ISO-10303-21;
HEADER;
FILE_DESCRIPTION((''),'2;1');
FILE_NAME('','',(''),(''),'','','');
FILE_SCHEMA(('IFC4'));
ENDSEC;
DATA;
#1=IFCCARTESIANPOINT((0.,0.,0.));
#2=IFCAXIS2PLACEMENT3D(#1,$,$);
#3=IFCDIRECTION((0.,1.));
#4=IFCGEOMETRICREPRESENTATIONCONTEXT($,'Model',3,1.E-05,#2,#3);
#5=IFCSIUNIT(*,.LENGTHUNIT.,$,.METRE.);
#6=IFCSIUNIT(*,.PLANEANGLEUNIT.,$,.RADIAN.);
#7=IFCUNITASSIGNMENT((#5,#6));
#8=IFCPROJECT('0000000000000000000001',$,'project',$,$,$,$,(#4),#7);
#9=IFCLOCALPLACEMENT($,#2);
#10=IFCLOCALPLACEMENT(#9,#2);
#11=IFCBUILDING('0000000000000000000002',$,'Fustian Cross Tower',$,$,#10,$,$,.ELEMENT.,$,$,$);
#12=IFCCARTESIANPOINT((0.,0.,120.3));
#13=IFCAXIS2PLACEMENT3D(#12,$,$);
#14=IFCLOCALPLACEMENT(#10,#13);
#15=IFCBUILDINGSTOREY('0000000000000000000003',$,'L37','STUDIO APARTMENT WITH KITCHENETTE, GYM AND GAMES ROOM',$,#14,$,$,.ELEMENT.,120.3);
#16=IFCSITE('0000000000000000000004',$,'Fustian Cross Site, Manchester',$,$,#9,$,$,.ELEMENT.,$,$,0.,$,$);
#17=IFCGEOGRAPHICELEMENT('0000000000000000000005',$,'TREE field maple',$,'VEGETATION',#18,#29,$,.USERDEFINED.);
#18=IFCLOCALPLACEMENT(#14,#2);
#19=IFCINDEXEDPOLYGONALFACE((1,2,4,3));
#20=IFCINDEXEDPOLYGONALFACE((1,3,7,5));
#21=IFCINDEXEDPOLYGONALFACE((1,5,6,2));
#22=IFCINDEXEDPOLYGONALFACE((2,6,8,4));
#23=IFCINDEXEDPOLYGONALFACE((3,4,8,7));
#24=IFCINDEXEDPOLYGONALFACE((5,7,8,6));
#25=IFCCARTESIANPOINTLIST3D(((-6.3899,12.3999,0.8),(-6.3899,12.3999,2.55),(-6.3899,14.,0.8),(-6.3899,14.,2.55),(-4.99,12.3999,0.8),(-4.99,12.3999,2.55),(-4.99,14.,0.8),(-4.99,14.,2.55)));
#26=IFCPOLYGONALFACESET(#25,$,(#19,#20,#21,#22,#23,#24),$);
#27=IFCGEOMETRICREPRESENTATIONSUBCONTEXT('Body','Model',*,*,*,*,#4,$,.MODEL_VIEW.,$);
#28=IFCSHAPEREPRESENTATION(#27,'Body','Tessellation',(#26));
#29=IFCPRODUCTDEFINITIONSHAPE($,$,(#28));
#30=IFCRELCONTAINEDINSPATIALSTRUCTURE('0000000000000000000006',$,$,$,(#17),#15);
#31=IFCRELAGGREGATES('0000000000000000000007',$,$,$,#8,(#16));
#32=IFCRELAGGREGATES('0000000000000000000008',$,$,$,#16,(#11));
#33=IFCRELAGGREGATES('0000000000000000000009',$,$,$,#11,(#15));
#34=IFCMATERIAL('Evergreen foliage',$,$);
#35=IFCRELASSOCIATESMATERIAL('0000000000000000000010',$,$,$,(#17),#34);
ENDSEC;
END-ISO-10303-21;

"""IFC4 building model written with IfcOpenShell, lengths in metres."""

from ifc_helpers import new_model, si_unit, direction, frame, origin, origin_2d, place, context, subcontext, project, spatial, rectangle, extrude, material, element, save


model = new_model("IFC4")

# Units and contexts
model_context = context("Model", 3, precision=1e-05, world=origin(), true_north=direction((0.0, 1.0)))
body_context = subcontext(model_context, "Body", "Model", "MODEL_VIEW")
ifc_project = project(units=[si_unit("LENGTHUNIT", "METRE"), si_unit("PLANEANGLEUNIT", "RADIAN")], contexts=[model_context])

# Site, building, storey
site_placement = place(None, origin())
site = spatial("IfcSite", under=ifc_project, at=site_placement, Name="Fustian Cross Site, Manchester", CompositionType="ELEMENT", RefElevation=0.0)
building_placement = place(site_placement, origin())
building = spatial("IfcBuilding", under=site, at=building_placement, Name="Fustian Cross Tower", CompositionType="ELEMENT")
storey_placement = place(building_placement, frame((0.0, 0.0, 120.3)))
storey = spatial("IfcBuildingStorey", under=building, at=storey_placement, Name="L37", Description="STUDIO APARTMENT WITH KITCHENETTE, GYM AND GAMES ROOM", CompositionType="ELEMENT", Elevation=120.3)

# Geographic element
ifc_material_1 = material(Name="Evergreen foliage")
geographic_element_placement = place(storey_placement, frame((-5.6899, 13.2, 0.8), z_axis=(0.0, 0.0, 1.0), x_axis=(1.0, 0.0, 0.0)))
element("IfcGeographicElement", 1, at=geographic_element_placement, inside=storey, material=ifc_material_1, Name="TREE field maple", ObjectType="VEGETATION", PredefinedType="USERDEFINED", context=body_context, shape_type="SweptSolid", body=[
    extrude(rectangle(XDim=1.3999, YDim=1.6001, at=origin_2d()), origin(), (0.0, 0.0, 1.0), 1.75),
])

save(model, "model.ifc")
